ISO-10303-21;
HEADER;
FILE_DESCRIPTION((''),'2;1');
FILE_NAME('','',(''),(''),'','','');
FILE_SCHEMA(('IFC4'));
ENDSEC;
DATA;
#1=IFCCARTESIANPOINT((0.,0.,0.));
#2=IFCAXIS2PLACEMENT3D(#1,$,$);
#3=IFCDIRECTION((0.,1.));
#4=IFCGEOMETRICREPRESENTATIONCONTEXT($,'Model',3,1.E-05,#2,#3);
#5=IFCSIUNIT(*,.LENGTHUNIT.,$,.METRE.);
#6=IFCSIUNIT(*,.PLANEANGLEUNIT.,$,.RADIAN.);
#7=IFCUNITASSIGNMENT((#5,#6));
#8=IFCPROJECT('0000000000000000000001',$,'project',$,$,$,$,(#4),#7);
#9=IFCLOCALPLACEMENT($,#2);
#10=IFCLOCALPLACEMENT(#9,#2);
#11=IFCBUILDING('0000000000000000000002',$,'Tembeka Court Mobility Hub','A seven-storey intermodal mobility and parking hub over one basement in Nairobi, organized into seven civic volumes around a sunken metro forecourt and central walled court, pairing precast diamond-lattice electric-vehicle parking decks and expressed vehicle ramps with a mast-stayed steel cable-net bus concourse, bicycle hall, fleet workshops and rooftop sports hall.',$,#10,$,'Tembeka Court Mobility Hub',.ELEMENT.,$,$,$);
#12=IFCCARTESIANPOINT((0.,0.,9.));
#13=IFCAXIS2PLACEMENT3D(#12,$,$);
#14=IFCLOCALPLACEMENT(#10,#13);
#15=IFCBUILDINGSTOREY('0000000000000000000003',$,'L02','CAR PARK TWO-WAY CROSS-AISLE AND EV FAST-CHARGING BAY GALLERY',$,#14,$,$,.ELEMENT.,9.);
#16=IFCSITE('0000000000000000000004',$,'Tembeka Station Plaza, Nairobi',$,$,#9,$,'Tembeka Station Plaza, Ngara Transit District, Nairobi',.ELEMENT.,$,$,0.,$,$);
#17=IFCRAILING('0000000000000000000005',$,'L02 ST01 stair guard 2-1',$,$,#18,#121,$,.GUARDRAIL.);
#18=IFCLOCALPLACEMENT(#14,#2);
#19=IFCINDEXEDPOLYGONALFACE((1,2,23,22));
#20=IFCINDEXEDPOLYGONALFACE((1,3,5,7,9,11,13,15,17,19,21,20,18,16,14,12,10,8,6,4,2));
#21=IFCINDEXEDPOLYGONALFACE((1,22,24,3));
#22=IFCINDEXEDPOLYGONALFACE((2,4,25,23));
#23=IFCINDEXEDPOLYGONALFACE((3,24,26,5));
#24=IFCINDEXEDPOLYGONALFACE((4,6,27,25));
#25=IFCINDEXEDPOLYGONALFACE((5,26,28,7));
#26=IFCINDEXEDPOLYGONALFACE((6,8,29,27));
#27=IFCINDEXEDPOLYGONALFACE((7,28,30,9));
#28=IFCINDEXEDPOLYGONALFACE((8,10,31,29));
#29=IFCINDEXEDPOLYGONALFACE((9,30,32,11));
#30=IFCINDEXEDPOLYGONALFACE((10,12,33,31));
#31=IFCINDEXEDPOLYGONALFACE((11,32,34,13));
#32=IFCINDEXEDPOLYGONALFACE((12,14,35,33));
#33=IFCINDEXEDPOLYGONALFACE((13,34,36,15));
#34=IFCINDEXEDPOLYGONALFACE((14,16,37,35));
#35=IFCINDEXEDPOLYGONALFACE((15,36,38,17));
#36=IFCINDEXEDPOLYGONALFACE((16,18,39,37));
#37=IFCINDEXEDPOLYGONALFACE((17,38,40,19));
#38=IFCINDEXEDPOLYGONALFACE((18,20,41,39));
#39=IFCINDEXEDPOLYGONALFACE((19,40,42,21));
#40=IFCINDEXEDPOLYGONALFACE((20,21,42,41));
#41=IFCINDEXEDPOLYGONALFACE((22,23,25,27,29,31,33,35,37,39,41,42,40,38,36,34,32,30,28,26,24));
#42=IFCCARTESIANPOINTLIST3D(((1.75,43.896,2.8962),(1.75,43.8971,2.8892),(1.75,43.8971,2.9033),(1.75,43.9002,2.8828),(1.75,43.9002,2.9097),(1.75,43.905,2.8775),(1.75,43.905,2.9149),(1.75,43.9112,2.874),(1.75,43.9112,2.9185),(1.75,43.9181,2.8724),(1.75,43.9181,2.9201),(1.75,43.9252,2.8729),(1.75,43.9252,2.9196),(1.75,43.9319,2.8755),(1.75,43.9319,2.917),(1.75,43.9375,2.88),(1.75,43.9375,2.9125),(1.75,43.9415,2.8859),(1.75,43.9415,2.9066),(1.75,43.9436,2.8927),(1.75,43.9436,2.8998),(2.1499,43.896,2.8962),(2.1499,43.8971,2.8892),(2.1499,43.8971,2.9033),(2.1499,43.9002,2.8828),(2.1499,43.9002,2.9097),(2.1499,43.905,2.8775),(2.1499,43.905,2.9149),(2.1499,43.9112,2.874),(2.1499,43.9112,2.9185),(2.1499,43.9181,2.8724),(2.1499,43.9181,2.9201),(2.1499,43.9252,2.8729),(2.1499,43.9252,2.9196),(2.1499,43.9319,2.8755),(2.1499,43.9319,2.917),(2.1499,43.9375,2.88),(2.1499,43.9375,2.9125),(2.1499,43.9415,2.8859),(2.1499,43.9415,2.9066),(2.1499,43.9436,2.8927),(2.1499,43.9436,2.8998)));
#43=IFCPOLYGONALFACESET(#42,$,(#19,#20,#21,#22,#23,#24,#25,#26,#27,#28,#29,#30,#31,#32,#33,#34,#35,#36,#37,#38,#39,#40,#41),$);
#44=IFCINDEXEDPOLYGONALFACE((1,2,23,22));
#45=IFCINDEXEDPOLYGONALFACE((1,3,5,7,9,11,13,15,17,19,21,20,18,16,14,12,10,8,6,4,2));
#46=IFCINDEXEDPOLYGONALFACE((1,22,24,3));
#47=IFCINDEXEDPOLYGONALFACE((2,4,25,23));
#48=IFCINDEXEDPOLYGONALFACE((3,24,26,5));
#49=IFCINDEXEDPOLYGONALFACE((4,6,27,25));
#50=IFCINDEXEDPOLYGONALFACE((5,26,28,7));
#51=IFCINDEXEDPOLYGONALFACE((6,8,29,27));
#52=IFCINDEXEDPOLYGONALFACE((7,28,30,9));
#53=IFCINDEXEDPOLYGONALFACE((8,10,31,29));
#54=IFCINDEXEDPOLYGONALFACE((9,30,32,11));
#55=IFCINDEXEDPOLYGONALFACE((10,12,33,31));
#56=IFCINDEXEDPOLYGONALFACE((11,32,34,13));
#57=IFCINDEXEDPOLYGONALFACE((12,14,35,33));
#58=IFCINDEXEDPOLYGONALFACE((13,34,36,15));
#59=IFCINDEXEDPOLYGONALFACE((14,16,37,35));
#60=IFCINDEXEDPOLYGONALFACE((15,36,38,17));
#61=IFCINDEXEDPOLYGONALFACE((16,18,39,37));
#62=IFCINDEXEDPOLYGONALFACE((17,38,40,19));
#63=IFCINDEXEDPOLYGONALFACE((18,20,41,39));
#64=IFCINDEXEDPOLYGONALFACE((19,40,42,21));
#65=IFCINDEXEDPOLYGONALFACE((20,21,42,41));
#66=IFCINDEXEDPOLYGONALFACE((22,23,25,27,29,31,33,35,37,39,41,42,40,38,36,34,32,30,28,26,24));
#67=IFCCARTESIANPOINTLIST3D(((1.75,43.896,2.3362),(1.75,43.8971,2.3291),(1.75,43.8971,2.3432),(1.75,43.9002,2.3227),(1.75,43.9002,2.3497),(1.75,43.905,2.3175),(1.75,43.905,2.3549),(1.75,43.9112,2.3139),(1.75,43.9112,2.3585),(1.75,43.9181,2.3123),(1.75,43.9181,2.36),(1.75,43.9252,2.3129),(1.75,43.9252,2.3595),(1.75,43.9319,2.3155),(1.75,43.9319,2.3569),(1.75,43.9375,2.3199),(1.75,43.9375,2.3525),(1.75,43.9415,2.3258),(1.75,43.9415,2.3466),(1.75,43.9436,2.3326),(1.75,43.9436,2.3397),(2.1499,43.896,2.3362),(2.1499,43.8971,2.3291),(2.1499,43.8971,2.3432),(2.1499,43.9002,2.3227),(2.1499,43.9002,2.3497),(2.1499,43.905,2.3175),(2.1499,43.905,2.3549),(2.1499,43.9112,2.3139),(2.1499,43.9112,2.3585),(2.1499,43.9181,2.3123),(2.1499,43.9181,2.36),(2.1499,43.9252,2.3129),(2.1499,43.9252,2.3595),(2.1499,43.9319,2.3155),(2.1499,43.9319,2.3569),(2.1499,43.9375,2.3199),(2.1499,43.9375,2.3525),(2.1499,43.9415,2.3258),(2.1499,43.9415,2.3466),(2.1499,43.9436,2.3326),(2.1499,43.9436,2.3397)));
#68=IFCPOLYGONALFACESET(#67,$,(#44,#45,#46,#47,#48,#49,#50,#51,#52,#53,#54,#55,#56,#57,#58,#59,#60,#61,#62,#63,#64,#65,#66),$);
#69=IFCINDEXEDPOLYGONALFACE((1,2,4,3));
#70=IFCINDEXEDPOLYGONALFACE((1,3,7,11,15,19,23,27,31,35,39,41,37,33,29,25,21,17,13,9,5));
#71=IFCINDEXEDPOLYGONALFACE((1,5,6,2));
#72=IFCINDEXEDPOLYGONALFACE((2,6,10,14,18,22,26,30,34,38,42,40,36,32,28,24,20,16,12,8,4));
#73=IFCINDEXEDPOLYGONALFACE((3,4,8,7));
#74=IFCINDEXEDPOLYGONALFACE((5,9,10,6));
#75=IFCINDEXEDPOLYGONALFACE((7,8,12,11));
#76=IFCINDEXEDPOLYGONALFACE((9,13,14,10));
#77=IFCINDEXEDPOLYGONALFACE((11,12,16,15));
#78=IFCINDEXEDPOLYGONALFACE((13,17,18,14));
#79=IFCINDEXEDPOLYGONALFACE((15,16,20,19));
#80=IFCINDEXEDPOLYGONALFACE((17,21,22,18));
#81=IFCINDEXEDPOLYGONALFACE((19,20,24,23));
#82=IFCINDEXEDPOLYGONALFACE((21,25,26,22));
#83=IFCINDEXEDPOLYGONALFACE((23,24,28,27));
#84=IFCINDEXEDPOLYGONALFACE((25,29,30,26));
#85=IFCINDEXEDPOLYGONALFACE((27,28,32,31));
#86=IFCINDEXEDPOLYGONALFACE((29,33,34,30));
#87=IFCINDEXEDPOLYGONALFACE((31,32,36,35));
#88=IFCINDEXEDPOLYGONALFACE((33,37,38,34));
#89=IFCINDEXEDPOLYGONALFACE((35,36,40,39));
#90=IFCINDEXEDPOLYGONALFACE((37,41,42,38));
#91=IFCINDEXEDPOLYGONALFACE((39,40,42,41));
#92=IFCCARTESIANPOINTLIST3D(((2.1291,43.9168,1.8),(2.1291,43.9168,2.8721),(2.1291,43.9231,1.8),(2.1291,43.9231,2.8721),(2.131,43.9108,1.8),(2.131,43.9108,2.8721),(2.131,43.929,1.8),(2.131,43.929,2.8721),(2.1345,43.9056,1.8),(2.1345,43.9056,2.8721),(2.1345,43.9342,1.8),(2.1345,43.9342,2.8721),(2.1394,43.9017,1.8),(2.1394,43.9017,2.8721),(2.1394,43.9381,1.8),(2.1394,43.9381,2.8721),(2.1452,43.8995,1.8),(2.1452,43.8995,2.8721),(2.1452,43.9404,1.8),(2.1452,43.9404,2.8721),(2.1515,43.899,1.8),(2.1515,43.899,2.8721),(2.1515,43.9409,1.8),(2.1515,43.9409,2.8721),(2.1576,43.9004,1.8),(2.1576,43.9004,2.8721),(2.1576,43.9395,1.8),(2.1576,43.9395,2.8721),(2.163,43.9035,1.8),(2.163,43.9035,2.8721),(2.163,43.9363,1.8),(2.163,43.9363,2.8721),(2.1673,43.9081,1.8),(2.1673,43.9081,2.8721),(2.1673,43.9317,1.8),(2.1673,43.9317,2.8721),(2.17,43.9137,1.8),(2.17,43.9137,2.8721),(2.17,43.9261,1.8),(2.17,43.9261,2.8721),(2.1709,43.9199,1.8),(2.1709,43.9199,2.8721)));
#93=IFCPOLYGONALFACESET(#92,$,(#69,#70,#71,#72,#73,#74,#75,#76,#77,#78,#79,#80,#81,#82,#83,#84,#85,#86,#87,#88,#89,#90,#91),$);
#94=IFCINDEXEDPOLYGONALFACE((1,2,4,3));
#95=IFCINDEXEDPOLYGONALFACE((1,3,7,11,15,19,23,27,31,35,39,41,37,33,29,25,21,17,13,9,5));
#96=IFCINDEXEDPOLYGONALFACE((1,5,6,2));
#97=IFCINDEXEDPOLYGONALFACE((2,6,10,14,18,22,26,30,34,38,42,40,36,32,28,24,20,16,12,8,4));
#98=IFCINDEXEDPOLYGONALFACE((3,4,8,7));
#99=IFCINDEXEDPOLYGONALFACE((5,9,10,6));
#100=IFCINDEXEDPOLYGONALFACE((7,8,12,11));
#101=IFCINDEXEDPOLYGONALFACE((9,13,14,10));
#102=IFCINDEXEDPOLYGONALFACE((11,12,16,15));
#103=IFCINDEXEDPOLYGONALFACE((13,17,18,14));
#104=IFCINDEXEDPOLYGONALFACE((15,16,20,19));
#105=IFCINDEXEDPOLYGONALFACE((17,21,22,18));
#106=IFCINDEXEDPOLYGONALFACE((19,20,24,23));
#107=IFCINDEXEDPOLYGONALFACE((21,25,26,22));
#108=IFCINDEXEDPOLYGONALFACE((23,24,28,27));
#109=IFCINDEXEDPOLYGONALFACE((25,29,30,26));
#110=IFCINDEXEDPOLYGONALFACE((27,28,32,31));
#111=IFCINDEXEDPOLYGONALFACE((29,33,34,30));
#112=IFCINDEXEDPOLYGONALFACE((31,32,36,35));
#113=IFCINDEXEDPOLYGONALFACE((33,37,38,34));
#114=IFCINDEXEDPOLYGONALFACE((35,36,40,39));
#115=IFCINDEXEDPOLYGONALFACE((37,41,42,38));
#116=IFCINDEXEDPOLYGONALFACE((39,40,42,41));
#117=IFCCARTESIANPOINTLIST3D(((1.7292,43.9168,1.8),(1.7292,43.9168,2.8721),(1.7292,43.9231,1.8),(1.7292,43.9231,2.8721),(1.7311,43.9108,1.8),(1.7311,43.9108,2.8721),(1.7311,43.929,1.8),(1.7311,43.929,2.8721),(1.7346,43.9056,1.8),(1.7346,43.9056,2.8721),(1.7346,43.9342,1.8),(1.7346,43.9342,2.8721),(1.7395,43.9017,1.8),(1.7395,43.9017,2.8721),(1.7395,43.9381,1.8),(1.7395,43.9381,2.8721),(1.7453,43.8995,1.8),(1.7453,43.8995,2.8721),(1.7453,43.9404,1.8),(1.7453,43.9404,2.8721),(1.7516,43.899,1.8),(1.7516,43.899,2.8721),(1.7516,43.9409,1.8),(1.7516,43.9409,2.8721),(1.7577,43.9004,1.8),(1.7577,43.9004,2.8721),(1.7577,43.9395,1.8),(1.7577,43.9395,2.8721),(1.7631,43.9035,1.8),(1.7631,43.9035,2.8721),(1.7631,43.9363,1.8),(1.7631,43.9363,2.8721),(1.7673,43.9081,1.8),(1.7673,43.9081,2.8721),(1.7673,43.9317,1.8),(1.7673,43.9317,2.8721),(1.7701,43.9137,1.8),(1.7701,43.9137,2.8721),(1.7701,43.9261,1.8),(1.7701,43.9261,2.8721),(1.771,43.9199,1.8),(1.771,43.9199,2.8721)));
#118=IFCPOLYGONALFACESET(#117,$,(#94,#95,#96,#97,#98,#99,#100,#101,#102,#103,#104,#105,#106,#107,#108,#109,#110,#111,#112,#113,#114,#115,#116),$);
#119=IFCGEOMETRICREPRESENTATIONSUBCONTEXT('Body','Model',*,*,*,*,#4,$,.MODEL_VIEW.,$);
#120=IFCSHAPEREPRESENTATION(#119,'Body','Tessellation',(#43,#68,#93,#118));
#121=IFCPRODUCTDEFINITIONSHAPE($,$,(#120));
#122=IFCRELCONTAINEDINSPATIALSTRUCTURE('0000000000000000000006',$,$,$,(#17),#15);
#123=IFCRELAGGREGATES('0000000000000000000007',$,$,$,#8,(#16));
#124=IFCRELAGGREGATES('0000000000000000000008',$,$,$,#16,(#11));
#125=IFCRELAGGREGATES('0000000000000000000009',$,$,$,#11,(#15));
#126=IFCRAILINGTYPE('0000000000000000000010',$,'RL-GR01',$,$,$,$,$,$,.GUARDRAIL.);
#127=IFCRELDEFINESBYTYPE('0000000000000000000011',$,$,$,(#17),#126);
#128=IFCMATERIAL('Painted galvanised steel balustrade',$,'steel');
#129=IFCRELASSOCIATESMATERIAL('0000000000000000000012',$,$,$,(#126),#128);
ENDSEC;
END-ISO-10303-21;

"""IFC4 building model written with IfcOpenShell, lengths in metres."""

from ifc_helpers import new_model, si_unit, direction, frame, origin, origin_2d, place, context, subcontext, project, spatial, circle, extrude, material, type_object, element, save


model = new_model("IFC4")

# Units and contexts
model_context = context("Model", 3, precision=1e-05, world=origin(), true_north=direction((0.0, 1.0)))
body_context = subcontext(model_context, "Body", "Model", "MODEL_VIEW")
ifc_project = project(units=[si_unit("LENGTHUNIT", "METRE"), si_unit("PLANEANGLEUNIT", "RADIAN")], contexts=[model_context])

# Site, building, storey
site_placement = place(None, origin())
site = spatial("IfcSite", under=ifc_project, at=site_placement, Name="Tembeka Station Plaza, Nairobi", LongName="Tembeka Station Plaza, Ngara Transit District, Nairobi", CompositionType="ELEMENT", RefElevation=0.0)
building_placement = place(site_placement, origin())
building = spatial("IfcBuilding", under=site, at=building_placement, Name="Tembeka Court Mobility Hub", Description="A seven-storey intermodal mobility and parking hub over one basement in Nairobi, organized into seven civic volumes around a sunken metro forecourt and central walled court, pairing precast diamond-lattice electric-vehicle parking decks and expressed vehicle ramps with a mast-stayed steel cable-net bus concourse, bicycle hall, fleet workshops and rooftop sports hall.", LongName="Tembeka Court Mobility Hub", CompositionType="ELEMENT")
storey_placement = place(building_placement, frame((0.0, 0.0, 9.0)))
storey = spatial("IfcBuildingStorey", under=building, at=storey_placement, Name="L02", Description="CAR PARK TWO-WAY CROSS-AISLE AND EV FAST-CHARGING BAY GALLERY", CompositionType="ELEMENT", Elevation=9.0)

# Railing
ifc_material_1 = material(Name="Painted galvanised steel balustrade", Category="steel")
railing_type_1 = type_object("IfcRailingType", Name="RL-GR01", PredefinedType="GUARDRAIL", material=ifc_material_1)
railing_1_placement = place(storey_placement, frame((2.1499, 43.9199, 1.8)))
element("IfcRailing", 1, at=railing_1_placement, inside=storey, type_object=railing_type_1, Name="L02 ST01 stair guard 2-1", PredefinedType="GUARDRAIL", context=body_context, shape_type="SweptSolid", body=[
    extrude(circle(Radius=0.0239, at=origin_2d()), frame((0.0, 0.0, 1.0962), z_axis=(-1.0, 0.0, 0.0), x_axis=(0.0, -1.0, 0.0)), (0.0, 0.0, 1.0), 0.3999),
    extrude(circle(Radius=0.0239, at=origin_2d()), frame((0.0, 0.0, 0.5361), z_axis=(-1.0, 0.0, 0.0), x_axis=(0.0, -1.0, 0.0)), (0.0, 0.0, 1.0), 0.3999),
    extrude(circle(Radius=0.021, at=origin_2d()), origin(), (0.0, 0.0, 1.0), 1.072),
    extrude(circle(Radius=0.021, at=origin_2d()), frame((-0.3999, 0.0, 0.0)), (0.0, 0.0, 1.0), 1.072),
])

save(model, "model.ifc")
